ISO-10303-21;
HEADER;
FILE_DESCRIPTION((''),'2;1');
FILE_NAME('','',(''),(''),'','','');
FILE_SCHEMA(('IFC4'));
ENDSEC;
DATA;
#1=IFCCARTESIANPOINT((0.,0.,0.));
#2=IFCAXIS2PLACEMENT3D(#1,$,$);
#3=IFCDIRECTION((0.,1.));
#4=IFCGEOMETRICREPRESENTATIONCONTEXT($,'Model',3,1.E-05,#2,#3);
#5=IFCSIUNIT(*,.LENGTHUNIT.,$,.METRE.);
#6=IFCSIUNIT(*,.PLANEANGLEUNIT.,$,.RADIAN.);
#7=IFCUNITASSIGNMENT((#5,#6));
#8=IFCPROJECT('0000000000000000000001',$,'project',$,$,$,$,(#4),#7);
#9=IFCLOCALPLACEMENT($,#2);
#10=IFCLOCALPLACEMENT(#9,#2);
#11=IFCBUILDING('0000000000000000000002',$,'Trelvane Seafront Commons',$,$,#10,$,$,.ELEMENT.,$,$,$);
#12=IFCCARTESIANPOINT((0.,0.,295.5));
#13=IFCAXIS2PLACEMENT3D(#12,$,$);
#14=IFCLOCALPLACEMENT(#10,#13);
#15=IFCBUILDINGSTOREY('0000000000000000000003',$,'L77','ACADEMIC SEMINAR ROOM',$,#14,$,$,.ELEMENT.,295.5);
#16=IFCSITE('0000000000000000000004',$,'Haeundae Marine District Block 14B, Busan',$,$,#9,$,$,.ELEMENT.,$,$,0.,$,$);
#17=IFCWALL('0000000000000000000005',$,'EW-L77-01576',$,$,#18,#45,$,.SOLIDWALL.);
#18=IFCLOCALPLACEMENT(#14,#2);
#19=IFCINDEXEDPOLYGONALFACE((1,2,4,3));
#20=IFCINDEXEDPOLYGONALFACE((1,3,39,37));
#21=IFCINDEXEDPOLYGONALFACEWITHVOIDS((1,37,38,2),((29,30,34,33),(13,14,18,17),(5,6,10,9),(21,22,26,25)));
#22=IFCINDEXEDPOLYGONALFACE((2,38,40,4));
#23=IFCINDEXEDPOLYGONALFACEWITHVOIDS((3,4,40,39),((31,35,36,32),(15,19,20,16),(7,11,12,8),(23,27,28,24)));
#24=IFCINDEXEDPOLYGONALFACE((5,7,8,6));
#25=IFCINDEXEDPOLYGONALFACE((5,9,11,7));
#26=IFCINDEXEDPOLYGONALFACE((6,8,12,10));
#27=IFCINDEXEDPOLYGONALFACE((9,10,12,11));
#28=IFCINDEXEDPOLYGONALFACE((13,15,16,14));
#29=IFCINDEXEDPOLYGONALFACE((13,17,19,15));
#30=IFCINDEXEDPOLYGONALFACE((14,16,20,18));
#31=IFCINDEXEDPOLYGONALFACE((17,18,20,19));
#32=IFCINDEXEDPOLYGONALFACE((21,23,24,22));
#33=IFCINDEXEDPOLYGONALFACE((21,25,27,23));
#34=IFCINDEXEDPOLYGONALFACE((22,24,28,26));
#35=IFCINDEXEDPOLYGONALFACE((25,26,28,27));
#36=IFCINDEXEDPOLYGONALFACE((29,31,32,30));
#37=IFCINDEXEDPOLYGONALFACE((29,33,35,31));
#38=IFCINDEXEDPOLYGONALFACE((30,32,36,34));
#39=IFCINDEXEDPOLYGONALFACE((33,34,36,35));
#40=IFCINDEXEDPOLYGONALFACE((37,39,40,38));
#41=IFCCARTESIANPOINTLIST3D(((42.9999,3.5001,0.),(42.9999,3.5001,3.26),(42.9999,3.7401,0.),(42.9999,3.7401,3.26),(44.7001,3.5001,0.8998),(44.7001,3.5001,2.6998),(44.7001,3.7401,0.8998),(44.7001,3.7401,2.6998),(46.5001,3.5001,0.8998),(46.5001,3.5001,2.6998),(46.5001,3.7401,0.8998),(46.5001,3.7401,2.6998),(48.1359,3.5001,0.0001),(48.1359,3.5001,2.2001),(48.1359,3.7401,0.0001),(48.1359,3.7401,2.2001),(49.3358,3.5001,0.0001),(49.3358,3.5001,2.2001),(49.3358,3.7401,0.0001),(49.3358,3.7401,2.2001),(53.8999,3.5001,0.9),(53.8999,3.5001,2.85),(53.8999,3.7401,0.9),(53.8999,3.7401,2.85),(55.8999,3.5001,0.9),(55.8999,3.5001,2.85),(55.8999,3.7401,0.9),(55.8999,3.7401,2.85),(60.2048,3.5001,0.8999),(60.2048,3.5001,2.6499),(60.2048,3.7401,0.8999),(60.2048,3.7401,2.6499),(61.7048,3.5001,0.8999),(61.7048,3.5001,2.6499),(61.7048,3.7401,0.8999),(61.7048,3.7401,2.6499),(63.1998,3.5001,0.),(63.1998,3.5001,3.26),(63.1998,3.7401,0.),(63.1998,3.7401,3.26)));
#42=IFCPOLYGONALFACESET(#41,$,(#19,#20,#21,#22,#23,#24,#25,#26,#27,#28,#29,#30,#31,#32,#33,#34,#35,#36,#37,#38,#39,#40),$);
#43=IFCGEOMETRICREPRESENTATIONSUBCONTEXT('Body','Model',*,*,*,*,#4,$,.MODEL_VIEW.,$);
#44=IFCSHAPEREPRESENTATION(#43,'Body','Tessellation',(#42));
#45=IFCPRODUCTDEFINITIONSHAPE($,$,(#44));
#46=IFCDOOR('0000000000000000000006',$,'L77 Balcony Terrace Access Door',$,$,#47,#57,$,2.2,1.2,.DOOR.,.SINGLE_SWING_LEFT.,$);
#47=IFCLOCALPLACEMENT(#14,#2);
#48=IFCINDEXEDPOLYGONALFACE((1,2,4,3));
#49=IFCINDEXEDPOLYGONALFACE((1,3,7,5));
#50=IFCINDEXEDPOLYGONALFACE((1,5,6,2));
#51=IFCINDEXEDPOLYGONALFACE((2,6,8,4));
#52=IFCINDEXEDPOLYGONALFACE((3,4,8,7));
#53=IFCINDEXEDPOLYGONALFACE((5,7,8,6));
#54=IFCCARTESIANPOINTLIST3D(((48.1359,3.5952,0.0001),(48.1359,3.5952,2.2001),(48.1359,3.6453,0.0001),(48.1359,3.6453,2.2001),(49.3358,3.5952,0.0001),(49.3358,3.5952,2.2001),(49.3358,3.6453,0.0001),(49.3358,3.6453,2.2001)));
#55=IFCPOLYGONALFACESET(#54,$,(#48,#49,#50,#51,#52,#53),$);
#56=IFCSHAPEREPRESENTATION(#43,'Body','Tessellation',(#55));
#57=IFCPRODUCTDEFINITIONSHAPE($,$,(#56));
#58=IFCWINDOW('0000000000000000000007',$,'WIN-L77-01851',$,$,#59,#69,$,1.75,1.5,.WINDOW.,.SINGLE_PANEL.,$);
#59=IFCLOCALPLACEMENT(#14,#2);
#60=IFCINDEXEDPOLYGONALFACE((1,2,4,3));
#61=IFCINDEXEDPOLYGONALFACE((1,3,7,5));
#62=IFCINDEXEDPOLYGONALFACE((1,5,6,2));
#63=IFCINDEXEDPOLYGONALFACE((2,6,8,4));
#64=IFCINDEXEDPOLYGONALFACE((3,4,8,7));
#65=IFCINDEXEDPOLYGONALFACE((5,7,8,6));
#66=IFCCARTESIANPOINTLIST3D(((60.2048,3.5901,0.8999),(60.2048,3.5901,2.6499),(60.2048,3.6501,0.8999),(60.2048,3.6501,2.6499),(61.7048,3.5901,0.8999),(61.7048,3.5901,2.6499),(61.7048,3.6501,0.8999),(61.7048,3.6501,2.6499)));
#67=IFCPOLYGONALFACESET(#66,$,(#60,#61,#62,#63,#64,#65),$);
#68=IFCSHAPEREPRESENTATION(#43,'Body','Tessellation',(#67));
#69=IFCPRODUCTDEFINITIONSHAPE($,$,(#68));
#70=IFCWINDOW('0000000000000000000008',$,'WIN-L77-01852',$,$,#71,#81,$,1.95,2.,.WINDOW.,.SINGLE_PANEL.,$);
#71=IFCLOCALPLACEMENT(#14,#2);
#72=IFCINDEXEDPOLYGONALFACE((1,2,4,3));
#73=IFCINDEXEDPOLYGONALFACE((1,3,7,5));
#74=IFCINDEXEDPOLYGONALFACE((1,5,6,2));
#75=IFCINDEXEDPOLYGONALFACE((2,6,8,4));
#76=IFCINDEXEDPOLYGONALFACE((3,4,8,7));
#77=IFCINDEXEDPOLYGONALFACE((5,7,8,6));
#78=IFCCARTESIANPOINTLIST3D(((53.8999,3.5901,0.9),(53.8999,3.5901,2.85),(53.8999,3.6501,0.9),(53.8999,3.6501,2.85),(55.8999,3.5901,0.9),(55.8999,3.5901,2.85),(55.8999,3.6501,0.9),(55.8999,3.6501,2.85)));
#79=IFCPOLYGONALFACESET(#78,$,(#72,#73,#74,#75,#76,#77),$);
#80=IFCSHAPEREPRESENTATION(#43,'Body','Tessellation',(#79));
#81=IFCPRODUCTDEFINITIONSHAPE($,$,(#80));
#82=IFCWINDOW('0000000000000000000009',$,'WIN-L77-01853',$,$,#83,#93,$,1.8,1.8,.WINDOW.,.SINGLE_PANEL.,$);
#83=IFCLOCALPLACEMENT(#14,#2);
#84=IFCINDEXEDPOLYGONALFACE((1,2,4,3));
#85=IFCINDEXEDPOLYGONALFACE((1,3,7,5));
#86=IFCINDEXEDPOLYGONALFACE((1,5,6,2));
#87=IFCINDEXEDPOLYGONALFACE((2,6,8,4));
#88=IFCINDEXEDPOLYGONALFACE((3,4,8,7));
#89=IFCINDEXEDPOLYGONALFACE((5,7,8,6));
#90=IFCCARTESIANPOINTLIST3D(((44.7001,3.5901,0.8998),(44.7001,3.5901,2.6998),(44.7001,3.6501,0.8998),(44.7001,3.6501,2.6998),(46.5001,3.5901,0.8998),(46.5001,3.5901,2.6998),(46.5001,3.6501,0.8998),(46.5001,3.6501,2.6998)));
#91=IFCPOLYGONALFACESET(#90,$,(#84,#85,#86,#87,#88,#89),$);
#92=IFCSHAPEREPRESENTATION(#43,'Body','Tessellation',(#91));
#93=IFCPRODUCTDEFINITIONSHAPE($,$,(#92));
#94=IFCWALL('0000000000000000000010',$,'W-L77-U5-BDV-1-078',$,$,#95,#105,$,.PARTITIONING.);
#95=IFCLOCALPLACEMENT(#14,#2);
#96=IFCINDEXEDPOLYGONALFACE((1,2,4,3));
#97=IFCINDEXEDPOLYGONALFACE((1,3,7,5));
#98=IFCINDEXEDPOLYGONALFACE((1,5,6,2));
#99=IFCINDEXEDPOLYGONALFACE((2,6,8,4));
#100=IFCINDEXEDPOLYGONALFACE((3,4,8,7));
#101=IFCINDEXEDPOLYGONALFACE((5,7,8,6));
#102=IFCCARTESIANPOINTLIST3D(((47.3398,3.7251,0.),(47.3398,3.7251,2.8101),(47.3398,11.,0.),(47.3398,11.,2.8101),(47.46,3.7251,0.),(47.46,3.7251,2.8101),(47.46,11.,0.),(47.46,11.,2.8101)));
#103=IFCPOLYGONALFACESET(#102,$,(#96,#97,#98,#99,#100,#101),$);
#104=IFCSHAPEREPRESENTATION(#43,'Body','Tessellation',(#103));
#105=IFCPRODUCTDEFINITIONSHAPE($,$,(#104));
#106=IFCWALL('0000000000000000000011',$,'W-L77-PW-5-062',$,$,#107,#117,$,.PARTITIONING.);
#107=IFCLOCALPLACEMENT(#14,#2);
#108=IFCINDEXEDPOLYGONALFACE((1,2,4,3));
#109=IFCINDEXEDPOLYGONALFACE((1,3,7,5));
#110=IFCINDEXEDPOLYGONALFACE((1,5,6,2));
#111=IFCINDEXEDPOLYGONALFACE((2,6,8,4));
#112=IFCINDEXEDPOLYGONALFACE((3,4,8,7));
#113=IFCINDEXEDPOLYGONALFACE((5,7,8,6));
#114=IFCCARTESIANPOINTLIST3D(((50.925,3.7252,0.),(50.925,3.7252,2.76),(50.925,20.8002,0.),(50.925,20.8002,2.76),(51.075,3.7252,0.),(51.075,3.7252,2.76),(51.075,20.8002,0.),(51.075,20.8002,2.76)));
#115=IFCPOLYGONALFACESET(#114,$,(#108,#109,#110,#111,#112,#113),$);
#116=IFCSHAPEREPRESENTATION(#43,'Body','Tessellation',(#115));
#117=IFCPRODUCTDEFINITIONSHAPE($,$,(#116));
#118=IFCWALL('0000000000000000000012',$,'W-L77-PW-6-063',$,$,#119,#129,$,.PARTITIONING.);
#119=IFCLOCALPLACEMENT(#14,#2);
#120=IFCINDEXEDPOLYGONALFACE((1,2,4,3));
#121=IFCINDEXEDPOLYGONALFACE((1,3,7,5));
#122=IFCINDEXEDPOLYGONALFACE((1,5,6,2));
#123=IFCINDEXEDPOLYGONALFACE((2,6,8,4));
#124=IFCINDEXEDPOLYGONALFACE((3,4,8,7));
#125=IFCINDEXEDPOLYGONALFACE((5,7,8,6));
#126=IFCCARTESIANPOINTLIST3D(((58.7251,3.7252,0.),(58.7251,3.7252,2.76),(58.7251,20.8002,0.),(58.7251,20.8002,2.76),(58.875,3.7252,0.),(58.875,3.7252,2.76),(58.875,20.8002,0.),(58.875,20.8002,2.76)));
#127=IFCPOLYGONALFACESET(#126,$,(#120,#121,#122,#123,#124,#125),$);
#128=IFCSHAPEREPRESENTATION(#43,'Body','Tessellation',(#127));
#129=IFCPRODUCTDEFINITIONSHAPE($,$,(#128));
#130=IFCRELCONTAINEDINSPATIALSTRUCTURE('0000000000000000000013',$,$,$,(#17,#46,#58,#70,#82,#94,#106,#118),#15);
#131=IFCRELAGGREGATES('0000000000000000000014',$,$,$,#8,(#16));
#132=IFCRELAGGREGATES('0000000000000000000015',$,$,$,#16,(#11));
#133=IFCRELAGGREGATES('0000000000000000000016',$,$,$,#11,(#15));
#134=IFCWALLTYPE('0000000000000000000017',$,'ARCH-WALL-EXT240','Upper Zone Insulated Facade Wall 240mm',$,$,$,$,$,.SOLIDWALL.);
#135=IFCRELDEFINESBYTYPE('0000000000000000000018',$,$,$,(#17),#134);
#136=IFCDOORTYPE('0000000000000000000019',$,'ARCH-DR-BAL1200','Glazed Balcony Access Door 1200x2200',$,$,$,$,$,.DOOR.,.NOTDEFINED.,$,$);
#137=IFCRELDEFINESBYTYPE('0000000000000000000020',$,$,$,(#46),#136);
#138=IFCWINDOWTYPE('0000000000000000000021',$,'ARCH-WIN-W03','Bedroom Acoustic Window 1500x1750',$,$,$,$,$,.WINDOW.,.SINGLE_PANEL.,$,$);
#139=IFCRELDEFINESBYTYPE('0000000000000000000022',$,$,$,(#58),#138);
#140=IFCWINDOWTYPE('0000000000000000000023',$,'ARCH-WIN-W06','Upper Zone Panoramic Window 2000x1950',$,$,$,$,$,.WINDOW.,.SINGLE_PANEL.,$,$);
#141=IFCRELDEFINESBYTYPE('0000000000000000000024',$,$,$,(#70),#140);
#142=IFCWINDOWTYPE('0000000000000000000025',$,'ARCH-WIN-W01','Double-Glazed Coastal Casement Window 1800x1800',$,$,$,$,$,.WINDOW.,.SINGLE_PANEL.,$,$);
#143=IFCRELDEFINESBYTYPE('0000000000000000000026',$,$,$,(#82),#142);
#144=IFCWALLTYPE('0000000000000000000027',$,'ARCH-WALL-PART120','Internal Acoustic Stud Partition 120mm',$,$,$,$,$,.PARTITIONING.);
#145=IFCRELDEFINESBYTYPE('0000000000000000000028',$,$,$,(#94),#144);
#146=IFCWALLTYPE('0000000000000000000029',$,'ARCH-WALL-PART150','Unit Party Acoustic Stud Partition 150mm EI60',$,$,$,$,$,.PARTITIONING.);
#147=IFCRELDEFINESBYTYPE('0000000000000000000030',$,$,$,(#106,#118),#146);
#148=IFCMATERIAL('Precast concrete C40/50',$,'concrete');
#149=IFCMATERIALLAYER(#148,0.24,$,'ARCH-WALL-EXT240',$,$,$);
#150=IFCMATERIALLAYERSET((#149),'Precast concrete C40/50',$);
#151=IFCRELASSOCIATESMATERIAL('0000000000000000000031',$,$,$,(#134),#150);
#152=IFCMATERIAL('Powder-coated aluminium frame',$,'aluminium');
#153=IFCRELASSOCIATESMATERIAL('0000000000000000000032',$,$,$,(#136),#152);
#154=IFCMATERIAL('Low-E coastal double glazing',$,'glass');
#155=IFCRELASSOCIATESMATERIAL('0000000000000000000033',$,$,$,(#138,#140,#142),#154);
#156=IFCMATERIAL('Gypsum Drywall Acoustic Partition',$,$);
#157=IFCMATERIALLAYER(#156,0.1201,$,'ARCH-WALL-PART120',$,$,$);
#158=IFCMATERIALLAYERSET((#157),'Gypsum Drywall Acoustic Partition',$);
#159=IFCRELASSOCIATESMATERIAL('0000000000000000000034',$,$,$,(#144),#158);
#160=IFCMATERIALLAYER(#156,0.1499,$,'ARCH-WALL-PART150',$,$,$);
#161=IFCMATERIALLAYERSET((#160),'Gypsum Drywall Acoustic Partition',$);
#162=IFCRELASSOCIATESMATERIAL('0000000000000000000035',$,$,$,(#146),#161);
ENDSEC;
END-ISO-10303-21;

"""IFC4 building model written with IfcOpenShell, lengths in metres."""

from ifc_helpers import new_model, si_unit, direction, frame, frame_2d, origin, place, context, subcontext, project, spatial, rectangle, extrude, source, transform, mapped, material, layer, layer_set, type_object, element, fill, save


model = new_model("IFC4")

# Units and contexts
model_context = context("Model", 3, precision=1e-05, world=origin(), true_north=direction((0.0, 1.0)))
body_context = subcontext(model_context, "Body", "Model", "MODEL_VIEW")
ifc_project = project(units=[si_unit("LENGTHUNIT", "METRE"), si_unit("PLANEANGLEUNIT", "RADIAN")], contexts=[model_context])

# Site, building, storey
site_placement = place(None, origin())
site = spatial("IfcSite", under=ifc_project, at=site_placement, Name="Haeundae Marine District Block 14B, Busan", CompositionType="ELEMENT", RefElevation=0.0)
building_placement = place(site_placement, origin())
building = spatial("IfcBuilding", under=site, at=building_placement, Name="Trelvane Seafront Commons", CompositionType="ELEMENT")
storey_placement = place(building_placement, frame((0.0, 0.0, 295.5)))
storey = spatial("IfcBuildingStorey", under=building, at=storey_placement, Name="L77", Description="ACADEMIC SEMINAR ROOM", CompositionType="ELEMENT", Elevation=295.5)

# Shared definitions
ifc_material_1 = material(Name="Precast concrete C40/50", Category="concrete")
ifc_layer_1 = layer(ifc_material_1, 0.24, Name="ARCH-WALL-EXT240")
ifc_layer_set_1 = layer_set([ifc_layer_1], Name="Precast concrete C40/50")
wall_type_1 = type_object("IfcWallType", Name="ARCH-WALL-EXT240", Description="Upper Zone Insulated Facade Wall 240mm", PredefinedType="SOLIDWALL", material=ifc_layer_set_1)

# Wall, openings, door, windows
wall_1_placement = place(storey_placement, frame((63.2, 3.6201, 0.0), z_axis=(0.0, 0.0, 1.0), x_axis=(-1.0, 0.0, 0.0)))
wall_1 = element("IfcWall", 1, at=wall_1_placement, inside=storey, type_object=wall_type_1, Name="EW-L77-01576", PredefinedType="SOLIDWALL", context=body_context, shape_type="SweptSolid", body=[
    extrude(rectangle(XDim=20.2, YDim=0.24, at=frame_2d((10.1001, 0.0))), origin(), (0.0, 0.0, 1.0), 3.26),
])
opening_1_placement = place(wall_1_placement, frame((1.4951, 0.0, 0.8999)))
opening_1 = element("IfcOpeningElement", 2, at=opening_1_placement, cuts=wall_1, PredefinedType="OPENING", context=body_context, shape_type="SweptSolid", body=[
    extrude(rectangle(XDim=1.5, YDim=1.75, at=frame_2d((0.75, 0.875))), frame((0.0, 0.1299, 0.0), z_axis=(0.0, -1.0, 0.0), x_axis=(1.0, 0.0, 0.0)), (0.0, 0.0, 1.0), 0.26),
])
opening_2_placement = place(wall_1_placement, frame((7.3, 0.0, 0.8999)))
opening_2 = element("IfcOpeningElement", 3, at=opening_2_placement, cuts=wall_1, PredefinedType="OPENING", context=body_context, shape_type="SweptSolid", body=[
    extrude(rectangle(XDim=2.0, YDim=1.95, at=frame_2d((1.0, 0.9751))), frame((0.0, 0.1299, 0.0), z_axis=(0.0, -1.0, 0.0), x_axis=(1.0, 0.0, 0.0)), (0.0, 0.0, 1.0), 0.26),
])
opening_3_placement = place(wall_1_placement, frame((13.864, 0.0, 0.0)))
opening_3 = element("IfcOpeningElement", 4, at=opening_3_placement, cuts=wall_1, PredefinedType="OPENING", context=body_context, shape_type="SweptSolid", body=[
    extrude(rectangle(XDim=1.2, YDim=2.2, at=frame_2d((0.6001, 1.1001))), frame((0.0, 0.1299, 0.0), z_axis=(0.0, -1.0, 0.0), x_axis=(1.0, 0.0, 0.0)), (0.0, 0.0, 1.0), 0.26),
])
opening_4_placement = place(wall_1_placement, frame((16.7, 0.0, 0.8999)))
opening_4 = element("IfcOpeningElement", 5, at=opening_4_placement, cuts=wall_1, PredefinedType="OPENING", context=body_context, shape_type="SweptSolid", body=[
    extrude(rectangle(XDim=1.8, YDim=1.8, at=frame_2d((0.8999, 0.8999))), frame((0.0, 0.1299, 0.0), z_axis=(0.0, -1.0, 0.0), x_axis=(1.0, 0.0, 0.0)), (0.0, 0.0, 1.0), 0.26),
])
ifc_material_2 = material(Name="Powder-coated aluminium frame", Category="aluminium")
door_type = type_object("IfcDoorType", Name="ARCH-DR-BAL1200", Description="Glazed Balcony Access Door 1200x2200", OperationType="NOTDEFINED", PredefinedType="DOOR", material=ifc_material_2)
shared_shape_1 = source(origin(), body_context, "Body", "SweptSolid", [
    extrude(rectangle(XDim=1.2, YDim=2.2, at=frame_2d((0.6001, 1.1001))), frame((0.0, 0.0249, 0.0), z_axis=(0.0, -1.0, 0.0), x_axis=(1.0, 0.0, 0.0)), (0.0, 0.0, 1.0), 0.05),
])
door_placement = place(opening_3_placement, origin())
door = element("IfcDoor", 6, at=door_placement, inside=storey, type_object=door_type, Name="L77 Balcony Terrace Access Door", OperationType="SINGLE_SWING_LEFT", OverallHeight=2.2, OverallWidth=1.2, PredefinedType="DOOR", context=body_context, shape_type="MappedRepresentation", body=[
    mapped(shared_shape_1, transform((0.0, 0.0, 0.0), x_axis=(1.0, 0.0, 0.0), y_axis=(0.0, 1.0, 0.0), z_axis=(0.0, 0.0, 1.0), scale=1.0)),
])
fill(opening_3, door)
ifc_material_3 = material(Name="Low-E coastal double glazing", Category="glass")
window_type_1 = type_object("IfcWindowType", Name="ARCH-WIN-W03", Description="Bedroom Acoustic Window 1500x1750", PartitioningType="SINGLE_PANEL", PredefinedType="WINDOW", material=ifc_material_3)
shared_shape_2 = source(origin(), body_context, "Body", "SweptSolid", [
    extrude(rectangle(XDim=1.5, YDim=1.75, at=frame_2d((0.75, 0.875))), frame((0.0, 0.03, 0.0), z_axis=(0.0, -1.0, 0.0), x_axis=(1.0, 0.0, 0.0)), (0.0, 0.0, 1.0), 0.0601),
])
window_1_placement = place(opening_1_placement, origin())
window_1 = element("IfcWindow", 7, at=window_1_placement, inside=storey, type_object=window_type_1, Name="WIN-L77-01851", OverallHeight=1.75, OverallWidth=1.5, PartitioningType="SINGLE_PANEL", PredefinedType="WINDOW", context=body_context, shape_type="MappedRepresentation", body=[
    mapped(shared_shape_2, transform((0.0, 0.0, 0.0), x_axis=(1.0, 0.0, 0.0), y_axis=(0.0, 1.0, 0.0), z_axis=(0.0, 0.0, 1.0), scale=1.0)),
])
fill(opening_1, window_1)
window_type_2 = type_object("IfcWindowType", Name="ARCH-WIN-W06", Description="Upper Zone Panoramic Window 2000x1950", PartitioningType="SINGLE_PANEL", PredefinedType="WINDOW", material=ifc_material_3)
shared_shape_3 = source(origin(), body_context, "Body", "SweptSolid", [
    extrude(rectangle(XDim=2.0, YDim=1.95, at=frame_2d((1.0, 0.9751))), frame((0.0, 0.03, 0.0), z_axis=(0.0, -1.0, 0.0), x_axis=(1.0, 0.0, 0.0)), (0.0, 0.0, 1.0), 0.0601),
])
window_2_placement = place(opening_2_placement, origin())
window_2 = element("IfcWindow", 8, at=window_2_placement, inside=storey, type_object=window_type_2, Name="WIN-L77-01852", OverallHeight=1.95, OverallWidth=2.0, PartitioningType="SINGLE_PANEL", PredefinedType="WINDOW", context=body_context, shape_type="MappedRepresentation", body=[
    mapped(shared_shape_3, transform((0.0, 0.0, 0.0), x_axis=(1.0, 0.0, 0.0), y_axis=(0.0, 1.0, 0.0), z_axis=(0.0, 0.0, 1.0), scale=1.0)),
])
fill(opening_2, window_2)
window_type_3 = type_object("IfcWindowType", Name="ARCH-WIN-W01", Description="Double-Glazed Coastal Casement Window 1800x1800", PartitioningType="SINGLE_PANEL", PredefinedType="WINDOW", material=ifc_material_3)
shared_shape_4 = source(origin(), body_context, "Body", "SweptSolid", [
    extrude(rectangle(XDim=1.8, YDim=1.8, at=frame_2d((0.8999, 0.8999))), frame((0.0, 0.03, 0.0), z_axis=(0.0, -1.0, 0.0), x_axis=(1.0, 0.0, 0.0)), (0.0, 0.0, 1.0), 0.0601),
])
window_3_placement = place(opening_4_placement, origin())
window_3 = element("IfcWindow", 9, at=window_3_placement, inside=storey, type_object=window_type_3, Name="WIN-L77-01853", OverallHeight=1.8, OverallWidth=1.8, PartitioningType="SINGLE_PANEL", PredefinedType="WINDOW", context=body_context, shape_type="MappedRepresentation", body=[
    mapped(shared_shape_4, transform((0.0, 0.0, 0.0), x_axis=(1.0, 0.0, 0.0), y_axis=(0.0, 1.0, 0.0), z_axis=(0.0, 0.0, 1.0), scale=1.0)),
])
fill(opening_4, window_3)

# Walls
ifc_material_4 = material(Name="Gypsum Drywall Acoustic Partition")
ifc_layer_2 = layer(ifc_material_4, 0.1201, Name="ARCH-WALL-PART120")
ifc_layer_set_2 = layer_set([ifc_layer_2], Name="Gypsum Drywall Acoustic Partition")
wall_type_2 = type_object("IfcWallType", Name="ARCH-WALL-PART120", Description="Internal Acoustic Stud Partition 120mm", PredefinedType="PARTITIONING", material=ifc_layer_set_2)
wall_2_placement = place(storey_placement, frame((47.3999, 3.7251, 0.0), z_axis=(0.0, 0.0, 1.0), x_axis=(0.0, 1.0, 0.0)))
element("IfcWall", 10, at=wall_2_placement, inside=storey, type_object=wall_type_2, Name="W-L77-U5-BDV-1-078", PredefinedType="PARTITIONING", context=body_context, shape_type="SweptSolid", body=[
    extrude(rectangle(XDim=7.2749, YDim=0.1201, at=frame_2d((3.6375, 0.0))), origin(), (0.0, 0.0, 1.0), 2.8101),
])
ifc_layer_3 = layer(ifc_material_4, 0.1499, Name="ARCH-WALL-PART150")
ifc_layer_set_3 = layer_set([ifc_layer_3], Name="Gypsum Drywall Acoustic Partition")
wall_type_3 = type_object("IfcWallType", Name="ARCH-WALL-PART150", Description="Unit Party Acoustic Stud Partition 150mm EI60", PredefinedType="PARTITIONING", material=ifc_layer_set_3)
for number, where, z_axis, x_axis, name in (
    (11, (51.0, 3.7251, 0.0), (0.0, 0.0, 1.0), (0.0, 1.0, 0.0), "W-L77-PW-5-062"),
    (12, (58.8, 3.7251, 0.0), (0.0, 0.0, 1.0), (0.0, 1.0, 0.0), "W-L77-PW-6-063"),
):
    element("IfcWall", number, at=place(storey_placement, frame(where, z_axis=z_axis, x_axis=x_axis)), inside=storey, type_object=wall_type_3, Name=name, PredefinedType="PARTITIONING", context=body_context, shape_type="SweptSolid", body=[
        extrude(rectangle(XDim=17.075, YDim=0.1499, at=frame_2d((8.5376, 0.0))), origin(), (0.0, 0.0, 1.0), 2.76),
    ])

save(model, "model.ifc")
